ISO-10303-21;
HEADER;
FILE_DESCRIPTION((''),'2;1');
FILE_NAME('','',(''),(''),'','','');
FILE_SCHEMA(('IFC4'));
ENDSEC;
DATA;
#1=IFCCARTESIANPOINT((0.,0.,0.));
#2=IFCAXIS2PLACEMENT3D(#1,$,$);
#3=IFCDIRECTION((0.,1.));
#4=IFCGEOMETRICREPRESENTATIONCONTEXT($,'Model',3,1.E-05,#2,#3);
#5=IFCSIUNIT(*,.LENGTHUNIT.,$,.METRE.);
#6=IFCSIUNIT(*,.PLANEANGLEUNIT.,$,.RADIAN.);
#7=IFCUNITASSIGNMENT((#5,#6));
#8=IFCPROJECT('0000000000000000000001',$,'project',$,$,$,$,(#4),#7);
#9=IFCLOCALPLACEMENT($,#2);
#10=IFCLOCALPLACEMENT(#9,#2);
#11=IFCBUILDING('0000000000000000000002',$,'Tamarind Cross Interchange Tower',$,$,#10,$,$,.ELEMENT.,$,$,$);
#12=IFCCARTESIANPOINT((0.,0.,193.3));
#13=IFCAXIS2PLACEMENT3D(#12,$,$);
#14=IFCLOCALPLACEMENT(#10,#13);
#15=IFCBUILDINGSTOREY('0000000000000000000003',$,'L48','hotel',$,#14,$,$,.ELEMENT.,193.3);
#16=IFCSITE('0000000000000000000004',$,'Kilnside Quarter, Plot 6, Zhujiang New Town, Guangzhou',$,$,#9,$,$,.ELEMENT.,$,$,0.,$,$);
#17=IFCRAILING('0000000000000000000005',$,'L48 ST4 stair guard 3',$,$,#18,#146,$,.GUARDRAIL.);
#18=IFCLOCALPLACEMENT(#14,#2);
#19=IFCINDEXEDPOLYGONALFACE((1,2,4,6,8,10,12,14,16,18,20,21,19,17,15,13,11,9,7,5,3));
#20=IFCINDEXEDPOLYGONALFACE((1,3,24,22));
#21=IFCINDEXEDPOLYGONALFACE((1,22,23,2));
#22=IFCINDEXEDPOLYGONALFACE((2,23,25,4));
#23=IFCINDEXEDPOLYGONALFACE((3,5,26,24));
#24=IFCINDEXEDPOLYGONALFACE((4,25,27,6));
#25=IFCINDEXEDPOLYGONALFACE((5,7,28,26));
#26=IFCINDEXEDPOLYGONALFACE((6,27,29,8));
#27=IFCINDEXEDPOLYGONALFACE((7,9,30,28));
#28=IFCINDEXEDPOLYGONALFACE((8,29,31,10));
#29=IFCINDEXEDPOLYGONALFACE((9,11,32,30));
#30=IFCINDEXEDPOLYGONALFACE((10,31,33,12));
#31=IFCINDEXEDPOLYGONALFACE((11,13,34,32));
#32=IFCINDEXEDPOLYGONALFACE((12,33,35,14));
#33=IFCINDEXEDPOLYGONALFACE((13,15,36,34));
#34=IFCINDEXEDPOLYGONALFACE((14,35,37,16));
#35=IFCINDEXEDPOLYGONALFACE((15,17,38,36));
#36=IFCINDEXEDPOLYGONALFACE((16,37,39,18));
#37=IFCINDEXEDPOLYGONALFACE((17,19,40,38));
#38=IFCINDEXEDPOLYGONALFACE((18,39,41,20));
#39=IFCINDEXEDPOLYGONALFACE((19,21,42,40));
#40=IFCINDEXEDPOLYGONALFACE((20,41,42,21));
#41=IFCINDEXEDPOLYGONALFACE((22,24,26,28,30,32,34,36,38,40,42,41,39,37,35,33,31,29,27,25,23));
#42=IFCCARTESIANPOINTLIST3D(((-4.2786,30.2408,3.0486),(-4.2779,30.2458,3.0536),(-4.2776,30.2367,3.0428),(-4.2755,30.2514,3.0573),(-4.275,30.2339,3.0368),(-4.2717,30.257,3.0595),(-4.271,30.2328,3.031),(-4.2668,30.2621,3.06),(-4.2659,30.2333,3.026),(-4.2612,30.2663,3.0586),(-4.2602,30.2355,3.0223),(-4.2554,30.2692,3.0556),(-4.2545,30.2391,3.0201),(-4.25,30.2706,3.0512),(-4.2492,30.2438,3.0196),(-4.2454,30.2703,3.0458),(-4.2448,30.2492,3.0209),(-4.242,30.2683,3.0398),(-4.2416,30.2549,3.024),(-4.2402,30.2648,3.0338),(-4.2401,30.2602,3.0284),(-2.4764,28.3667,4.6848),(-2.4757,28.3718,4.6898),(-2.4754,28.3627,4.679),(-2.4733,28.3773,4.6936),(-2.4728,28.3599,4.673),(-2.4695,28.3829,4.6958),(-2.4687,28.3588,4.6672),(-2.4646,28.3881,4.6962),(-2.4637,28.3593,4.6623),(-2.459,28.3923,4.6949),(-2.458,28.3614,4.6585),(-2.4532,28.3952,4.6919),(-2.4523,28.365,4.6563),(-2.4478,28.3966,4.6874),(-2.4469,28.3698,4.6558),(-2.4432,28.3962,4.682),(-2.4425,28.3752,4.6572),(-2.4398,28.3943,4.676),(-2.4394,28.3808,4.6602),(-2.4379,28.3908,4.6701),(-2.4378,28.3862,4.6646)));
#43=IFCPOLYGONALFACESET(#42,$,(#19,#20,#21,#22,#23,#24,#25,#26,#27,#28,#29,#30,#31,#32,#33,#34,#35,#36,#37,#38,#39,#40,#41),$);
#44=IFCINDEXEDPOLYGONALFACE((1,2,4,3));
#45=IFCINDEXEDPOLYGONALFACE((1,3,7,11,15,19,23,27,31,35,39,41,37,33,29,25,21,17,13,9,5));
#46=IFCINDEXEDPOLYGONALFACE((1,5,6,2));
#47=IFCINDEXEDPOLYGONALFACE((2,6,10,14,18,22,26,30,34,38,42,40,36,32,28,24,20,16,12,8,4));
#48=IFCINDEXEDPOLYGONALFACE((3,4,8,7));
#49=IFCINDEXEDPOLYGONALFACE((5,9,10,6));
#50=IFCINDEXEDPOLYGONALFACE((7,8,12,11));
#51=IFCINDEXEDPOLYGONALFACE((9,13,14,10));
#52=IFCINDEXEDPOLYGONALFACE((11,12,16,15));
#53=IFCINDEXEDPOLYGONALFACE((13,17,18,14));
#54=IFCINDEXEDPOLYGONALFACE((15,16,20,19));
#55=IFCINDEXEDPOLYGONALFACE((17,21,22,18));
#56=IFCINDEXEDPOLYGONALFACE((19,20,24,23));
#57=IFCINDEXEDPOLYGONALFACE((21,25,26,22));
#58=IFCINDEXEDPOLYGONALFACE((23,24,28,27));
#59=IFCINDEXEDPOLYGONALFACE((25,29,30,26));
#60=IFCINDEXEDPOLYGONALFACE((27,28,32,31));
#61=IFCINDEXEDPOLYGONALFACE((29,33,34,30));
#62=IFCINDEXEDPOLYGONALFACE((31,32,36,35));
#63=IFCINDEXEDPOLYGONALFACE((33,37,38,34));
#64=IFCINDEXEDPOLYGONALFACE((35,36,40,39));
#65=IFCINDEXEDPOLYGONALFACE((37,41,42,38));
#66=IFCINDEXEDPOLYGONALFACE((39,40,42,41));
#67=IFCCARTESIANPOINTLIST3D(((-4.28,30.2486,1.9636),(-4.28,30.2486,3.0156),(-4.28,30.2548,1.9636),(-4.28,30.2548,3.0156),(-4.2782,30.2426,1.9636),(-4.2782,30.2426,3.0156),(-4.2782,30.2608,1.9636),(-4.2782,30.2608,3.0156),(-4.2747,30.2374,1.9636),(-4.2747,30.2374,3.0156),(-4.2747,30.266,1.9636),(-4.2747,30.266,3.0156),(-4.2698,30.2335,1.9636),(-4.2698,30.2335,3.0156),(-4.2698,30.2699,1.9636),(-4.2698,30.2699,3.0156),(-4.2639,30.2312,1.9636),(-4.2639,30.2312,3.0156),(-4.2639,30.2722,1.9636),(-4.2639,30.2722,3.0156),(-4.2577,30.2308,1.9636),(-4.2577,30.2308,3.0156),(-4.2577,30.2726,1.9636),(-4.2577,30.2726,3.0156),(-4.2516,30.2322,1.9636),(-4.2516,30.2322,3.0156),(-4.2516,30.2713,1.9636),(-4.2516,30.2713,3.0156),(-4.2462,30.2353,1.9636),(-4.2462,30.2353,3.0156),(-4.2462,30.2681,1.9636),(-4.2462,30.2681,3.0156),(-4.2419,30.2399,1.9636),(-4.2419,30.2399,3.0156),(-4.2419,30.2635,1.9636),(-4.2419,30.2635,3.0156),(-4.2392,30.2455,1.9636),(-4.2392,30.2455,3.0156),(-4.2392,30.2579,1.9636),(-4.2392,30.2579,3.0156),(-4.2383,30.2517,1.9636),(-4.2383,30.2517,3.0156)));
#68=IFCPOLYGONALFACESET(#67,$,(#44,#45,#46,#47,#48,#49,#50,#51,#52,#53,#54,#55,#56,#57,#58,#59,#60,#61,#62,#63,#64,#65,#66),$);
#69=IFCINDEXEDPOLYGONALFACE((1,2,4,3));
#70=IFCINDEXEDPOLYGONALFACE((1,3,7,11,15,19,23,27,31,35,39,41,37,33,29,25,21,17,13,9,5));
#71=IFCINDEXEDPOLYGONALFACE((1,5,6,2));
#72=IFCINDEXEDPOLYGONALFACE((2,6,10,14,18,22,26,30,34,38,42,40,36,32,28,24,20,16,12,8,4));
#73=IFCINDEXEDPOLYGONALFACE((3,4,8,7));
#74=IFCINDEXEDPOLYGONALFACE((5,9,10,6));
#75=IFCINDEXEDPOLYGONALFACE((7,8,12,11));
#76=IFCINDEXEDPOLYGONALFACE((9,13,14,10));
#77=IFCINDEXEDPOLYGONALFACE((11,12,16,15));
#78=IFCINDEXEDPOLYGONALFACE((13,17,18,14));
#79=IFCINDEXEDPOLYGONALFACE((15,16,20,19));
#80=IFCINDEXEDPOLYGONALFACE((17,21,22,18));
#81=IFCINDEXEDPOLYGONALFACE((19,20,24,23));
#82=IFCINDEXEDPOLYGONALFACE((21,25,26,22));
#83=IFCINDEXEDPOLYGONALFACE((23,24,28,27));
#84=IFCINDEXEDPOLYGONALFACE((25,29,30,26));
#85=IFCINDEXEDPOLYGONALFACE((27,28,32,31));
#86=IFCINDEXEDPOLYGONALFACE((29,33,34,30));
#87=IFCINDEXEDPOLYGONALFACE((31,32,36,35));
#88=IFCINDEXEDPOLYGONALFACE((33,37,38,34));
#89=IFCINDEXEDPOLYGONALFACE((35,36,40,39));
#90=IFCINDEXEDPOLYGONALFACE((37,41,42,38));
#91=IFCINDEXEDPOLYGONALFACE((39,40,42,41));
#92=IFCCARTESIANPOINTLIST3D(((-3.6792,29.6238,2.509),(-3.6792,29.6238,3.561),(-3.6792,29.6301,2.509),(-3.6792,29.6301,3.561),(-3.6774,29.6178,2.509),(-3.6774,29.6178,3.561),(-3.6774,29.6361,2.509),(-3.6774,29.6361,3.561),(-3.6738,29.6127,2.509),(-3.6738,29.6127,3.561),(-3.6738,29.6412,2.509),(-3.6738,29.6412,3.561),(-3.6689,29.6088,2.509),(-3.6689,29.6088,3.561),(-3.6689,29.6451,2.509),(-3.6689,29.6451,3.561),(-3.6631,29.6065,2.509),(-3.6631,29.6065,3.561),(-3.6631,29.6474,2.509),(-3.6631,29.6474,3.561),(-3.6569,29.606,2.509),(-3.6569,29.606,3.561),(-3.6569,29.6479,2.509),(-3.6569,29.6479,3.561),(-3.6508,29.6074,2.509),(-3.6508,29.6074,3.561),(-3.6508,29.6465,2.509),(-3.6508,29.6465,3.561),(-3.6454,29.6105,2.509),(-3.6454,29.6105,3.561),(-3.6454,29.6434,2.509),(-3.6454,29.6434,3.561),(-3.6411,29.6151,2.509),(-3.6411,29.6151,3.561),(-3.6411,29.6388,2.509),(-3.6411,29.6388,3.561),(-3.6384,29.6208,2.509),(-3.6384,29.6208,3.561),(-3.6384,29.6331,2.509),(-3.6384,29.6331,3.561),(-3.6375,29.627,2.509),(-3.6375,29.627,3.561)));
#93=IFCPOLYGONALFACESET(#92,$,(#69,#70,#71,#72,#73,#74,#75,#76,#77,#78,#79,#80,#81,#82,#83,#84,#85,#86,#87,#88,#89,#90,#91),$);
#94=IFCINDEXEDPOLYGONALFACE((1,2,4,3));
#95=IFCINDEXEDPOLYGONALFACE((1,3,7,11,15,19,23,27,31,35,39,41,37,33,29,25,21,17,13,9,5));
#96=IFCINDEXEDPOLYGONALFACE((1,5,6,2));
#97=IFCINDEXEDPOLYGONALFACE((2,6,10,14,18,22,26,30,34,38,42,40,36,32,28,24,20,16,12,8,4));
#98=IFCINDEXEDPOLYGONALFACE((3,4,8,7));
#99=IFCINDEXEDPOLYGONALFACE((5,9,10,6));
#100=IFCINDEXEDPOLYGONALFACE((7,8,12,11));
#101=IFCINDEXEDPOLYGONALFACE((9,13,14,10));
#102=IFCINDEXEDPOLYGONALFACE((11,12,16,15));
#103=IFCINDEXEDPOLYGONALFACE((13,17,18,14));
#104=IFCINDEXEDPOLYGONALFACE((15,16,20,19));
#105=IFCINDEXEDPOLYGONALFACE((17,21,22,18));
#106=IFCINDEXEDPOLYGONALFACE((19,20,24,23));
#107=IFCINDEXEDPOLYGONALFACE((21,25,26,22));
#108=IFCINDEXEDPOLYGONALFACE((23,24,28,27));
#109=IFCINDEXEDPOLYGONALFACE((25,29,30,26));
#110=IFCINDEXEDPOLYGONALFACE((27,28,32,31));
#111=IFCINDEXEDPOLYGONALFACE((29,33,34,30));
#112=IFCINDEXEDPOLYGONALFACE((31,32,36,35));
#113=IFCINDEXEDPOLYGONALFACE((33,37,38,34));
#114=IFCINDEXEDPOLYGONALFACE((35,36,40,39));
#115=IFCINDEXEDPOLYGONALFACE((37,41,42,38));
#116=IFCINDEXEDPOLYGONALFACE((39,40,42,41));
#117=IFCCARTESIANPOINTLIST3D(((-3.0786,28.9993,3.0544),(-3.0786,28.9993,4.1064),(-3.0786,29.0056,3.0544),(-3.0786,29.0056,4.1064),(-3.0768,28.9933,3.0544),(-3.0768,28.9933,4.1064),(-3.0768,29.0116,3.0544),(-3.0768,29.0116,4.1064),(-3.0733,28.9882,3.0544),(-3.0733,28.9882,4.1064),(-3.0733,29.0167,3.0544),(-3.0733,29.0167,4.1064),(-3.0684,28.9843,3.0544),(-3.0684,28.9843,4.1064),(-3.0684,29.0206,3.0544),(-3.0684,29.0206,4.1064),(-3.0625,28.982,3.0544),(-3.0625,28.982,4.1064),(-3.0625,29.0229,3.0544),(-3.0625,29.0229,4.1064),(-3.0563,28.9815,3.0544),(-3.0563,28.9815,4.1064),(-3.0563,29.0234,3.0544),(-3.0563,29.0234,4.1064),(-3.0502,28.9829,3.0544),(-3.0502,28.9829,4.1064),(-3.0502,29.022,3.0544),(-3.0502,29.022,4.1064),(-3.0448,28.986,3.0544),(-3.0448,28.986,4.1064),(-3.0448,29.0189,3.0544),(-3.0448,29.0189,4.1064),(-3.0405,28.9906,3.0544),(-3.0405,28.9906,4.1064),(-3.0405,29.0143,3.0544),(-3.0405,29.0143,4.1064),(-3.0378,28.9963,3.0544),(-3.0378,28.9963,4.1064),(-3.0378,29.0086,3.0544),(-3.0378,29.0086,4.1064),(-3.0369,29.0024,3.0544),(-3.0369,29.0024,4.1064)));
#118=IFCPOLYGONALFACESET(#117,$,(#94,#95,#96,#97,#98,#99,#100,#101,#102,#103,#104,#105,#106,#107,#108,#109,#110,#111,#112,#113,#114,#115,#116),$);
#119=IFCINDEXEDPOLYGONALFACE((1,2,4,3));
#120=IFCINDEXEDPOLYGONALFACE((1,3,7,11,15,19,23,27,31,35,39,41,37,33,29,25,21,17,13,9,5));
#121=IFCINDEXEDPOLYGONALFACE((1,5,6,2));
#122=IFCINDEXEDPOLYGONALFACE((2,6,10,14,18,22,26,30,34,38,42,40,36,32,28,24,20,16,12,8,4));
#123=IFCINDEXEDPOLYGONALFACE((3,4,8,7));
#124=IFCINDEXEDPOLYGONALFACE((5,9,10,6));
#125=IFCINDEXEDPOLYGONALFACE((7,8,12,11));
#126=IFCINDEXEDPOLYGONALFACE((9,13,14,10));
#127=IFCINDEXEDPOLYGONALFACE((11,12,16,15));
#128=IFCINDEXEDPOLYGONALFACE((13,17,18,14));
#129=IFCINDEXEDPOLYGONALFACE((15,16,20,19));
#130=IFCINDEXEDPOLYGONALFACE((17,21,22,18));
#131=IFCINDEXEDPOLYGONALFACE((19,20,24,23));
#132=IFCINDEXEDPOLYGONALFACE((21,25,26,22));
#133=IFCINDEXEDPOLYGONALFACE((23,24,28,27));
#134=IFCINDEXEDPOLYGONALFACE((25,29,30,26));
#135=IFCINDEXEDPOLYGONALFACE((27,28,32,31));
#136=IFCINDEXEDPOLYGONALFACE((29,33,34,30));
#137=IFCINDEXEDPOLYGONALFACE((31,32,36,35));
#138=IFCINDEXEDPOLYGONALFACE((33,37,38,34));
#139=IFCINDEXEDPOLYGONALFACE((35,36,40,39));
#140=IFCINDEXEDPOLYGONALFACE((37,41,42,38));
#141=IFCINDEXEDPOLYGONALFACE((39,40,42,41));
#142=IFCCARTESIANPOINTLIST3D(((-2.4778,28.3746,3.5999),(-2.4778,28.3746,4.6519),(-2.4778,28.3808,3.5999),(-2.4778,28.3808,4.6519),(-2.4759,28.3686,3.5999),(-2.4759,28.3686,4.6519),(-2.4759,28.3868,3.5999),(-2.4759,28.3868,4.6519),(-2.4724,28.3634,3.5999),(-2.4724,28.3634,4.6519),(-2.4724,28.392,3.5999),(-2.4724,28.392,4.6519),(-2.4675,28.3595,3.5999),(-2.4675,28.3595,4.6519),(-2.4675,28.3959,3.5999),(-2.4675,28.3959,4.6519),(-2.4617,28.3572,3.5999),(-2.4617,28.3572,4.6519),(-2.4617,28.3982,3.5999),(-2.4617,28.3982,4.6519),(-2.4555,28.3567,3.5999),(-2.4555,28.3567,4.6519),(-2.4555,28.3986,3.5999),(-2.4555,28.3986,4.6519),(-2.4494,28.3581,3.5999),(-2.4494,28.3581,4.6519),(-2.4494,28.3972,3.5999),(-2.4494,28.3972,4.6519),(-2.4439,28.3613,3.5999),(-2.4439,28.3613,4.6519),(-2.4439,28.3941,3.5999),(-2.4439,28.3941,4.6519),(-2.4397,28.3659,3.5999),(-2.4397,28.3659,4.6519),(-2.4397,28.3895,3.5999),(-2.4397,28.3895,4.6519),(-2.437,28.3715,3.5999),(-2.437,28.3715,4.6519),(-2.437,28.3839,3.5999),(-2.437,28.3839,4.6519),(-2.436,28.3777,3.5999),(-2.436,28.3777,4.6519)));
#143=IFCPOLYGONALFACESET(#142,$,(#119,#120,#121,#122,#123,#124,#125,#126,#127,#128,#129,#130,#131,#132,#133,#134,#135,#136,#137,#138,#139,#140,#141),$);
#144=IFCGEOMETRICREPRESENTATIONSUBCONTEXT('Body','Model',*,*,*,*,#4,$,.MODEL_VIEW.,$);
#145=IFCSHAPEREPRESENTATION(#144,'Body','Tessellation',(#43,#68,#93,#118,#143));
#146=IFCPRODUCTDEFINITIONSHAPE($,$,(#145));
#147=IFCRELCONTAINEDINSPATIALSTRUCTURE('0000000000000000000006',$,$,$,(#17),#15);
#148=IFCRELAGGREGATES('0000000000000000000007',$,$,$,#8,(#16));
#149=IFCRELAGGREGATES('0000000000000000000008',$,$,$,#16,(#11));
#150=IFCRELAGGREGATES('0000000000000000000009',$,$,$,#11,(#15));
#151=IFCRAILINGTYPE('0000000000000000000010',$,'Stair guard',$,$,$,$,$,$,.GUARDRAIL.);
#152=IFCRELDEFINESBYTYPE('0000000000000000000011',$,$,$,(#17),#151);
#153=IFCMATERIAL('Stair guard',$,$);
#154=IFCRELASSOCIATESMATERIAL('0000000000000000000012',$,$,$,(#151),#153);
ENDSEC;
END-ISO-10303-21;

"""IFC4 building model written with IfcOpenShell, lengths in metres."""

from ifc_helpers import new_model, si_unit, direction, frame, origin, origin_2d, place, context, subcontext, project, spatial, circle, extrude, material, type_object, element, save


model = new_model("IFC4")

# Units and contexts
model_context = context("Model", 3, precision=1e-05, world=origin(), true_north=direction((0.0, 1.0)))
body_context = subcontext(model_context, "Body", "Model", "MODEL_VIEW")
ifc_project = project(units=[si_unit("LENGTHUNIT", "METRE"), si_unit("PLANEANGLEUNIT", "RADIAN")], contexts=[model_context])

# Site, building, storey
site_placement = place(None, origin())
site = spatial("IfcSite", under=ifc_project, at=site_placement, Name="Kilnside Quarter, Plot 6, Zhujiang New Town, Guangzhou", CompositionType="ELEMENT", RefElevation=0.0)
building_placement = place(site_placement, origin())
building = spatial("IfcBuilding", under=site, at=building_placement, Name="Tamarind Cross Interchange Tower", CompositionType="ELEMENT")
storey_placement = place(building_placement, frame((0.0, 0.0, 193.3)))
storey = spatial("IfcBuildingStorey", under=building, at=storey_placement, Name="L48", Description="hotel", CompositionType="ELEMENT", Elevation=193.3)

# Railing
ifc_material_1 = material(Name="Stair guard")
railing_type_1 = type_object("IfcRailingType", Name="Stair guard", PredefinedType="GUARDRAIL", material=ifc_material_1)
railing_1_placement = place(storey_placement, frame((-4.2593, 30.2517, 1.9636)))
element("IfcRailing", 1, at=railing_1_placement, inside=storey, type_object=railing_type_1, Name="L48 ST4 stair guard 3", PredefinedType="GUARDRAIL", context=body_context, shape_type="SweptSolid", body=[
    extrude(circle(Radius=0.0239, at=origin_2d()), frame((0.0, 0.0, 1.0762), z_axis=(0.586665, -0.61003, 0.532624), x_axis=(0.720775, 0.693169, 0.0)), (0.0, 0.0, 1.0), 3.072),
    extrude(circle(Radius=0.021, at=origin_2d()), origin(), (0.0, 0.0, 1.0), 1.052),
    extrude(circle(Radius=0.021, at=origin_2d()), frame((0.6008, -0.6248, 0.5454)), (0.0, 0.0, 1.0), 1.052),
    extrude(circle(Radius=0.021, at=origin_2d()), frame((1.2014, -1.2493, 1.0908)), (0.0, 0.0, 1.0), 1.052),
    extrude(circle(Radius=0.021, at=origin_2d()), frame((1.8022, -1.874, 1.6362)), (0.0, 0.0, 1.0), 1.052),
])

save(model, "model.ifc")
